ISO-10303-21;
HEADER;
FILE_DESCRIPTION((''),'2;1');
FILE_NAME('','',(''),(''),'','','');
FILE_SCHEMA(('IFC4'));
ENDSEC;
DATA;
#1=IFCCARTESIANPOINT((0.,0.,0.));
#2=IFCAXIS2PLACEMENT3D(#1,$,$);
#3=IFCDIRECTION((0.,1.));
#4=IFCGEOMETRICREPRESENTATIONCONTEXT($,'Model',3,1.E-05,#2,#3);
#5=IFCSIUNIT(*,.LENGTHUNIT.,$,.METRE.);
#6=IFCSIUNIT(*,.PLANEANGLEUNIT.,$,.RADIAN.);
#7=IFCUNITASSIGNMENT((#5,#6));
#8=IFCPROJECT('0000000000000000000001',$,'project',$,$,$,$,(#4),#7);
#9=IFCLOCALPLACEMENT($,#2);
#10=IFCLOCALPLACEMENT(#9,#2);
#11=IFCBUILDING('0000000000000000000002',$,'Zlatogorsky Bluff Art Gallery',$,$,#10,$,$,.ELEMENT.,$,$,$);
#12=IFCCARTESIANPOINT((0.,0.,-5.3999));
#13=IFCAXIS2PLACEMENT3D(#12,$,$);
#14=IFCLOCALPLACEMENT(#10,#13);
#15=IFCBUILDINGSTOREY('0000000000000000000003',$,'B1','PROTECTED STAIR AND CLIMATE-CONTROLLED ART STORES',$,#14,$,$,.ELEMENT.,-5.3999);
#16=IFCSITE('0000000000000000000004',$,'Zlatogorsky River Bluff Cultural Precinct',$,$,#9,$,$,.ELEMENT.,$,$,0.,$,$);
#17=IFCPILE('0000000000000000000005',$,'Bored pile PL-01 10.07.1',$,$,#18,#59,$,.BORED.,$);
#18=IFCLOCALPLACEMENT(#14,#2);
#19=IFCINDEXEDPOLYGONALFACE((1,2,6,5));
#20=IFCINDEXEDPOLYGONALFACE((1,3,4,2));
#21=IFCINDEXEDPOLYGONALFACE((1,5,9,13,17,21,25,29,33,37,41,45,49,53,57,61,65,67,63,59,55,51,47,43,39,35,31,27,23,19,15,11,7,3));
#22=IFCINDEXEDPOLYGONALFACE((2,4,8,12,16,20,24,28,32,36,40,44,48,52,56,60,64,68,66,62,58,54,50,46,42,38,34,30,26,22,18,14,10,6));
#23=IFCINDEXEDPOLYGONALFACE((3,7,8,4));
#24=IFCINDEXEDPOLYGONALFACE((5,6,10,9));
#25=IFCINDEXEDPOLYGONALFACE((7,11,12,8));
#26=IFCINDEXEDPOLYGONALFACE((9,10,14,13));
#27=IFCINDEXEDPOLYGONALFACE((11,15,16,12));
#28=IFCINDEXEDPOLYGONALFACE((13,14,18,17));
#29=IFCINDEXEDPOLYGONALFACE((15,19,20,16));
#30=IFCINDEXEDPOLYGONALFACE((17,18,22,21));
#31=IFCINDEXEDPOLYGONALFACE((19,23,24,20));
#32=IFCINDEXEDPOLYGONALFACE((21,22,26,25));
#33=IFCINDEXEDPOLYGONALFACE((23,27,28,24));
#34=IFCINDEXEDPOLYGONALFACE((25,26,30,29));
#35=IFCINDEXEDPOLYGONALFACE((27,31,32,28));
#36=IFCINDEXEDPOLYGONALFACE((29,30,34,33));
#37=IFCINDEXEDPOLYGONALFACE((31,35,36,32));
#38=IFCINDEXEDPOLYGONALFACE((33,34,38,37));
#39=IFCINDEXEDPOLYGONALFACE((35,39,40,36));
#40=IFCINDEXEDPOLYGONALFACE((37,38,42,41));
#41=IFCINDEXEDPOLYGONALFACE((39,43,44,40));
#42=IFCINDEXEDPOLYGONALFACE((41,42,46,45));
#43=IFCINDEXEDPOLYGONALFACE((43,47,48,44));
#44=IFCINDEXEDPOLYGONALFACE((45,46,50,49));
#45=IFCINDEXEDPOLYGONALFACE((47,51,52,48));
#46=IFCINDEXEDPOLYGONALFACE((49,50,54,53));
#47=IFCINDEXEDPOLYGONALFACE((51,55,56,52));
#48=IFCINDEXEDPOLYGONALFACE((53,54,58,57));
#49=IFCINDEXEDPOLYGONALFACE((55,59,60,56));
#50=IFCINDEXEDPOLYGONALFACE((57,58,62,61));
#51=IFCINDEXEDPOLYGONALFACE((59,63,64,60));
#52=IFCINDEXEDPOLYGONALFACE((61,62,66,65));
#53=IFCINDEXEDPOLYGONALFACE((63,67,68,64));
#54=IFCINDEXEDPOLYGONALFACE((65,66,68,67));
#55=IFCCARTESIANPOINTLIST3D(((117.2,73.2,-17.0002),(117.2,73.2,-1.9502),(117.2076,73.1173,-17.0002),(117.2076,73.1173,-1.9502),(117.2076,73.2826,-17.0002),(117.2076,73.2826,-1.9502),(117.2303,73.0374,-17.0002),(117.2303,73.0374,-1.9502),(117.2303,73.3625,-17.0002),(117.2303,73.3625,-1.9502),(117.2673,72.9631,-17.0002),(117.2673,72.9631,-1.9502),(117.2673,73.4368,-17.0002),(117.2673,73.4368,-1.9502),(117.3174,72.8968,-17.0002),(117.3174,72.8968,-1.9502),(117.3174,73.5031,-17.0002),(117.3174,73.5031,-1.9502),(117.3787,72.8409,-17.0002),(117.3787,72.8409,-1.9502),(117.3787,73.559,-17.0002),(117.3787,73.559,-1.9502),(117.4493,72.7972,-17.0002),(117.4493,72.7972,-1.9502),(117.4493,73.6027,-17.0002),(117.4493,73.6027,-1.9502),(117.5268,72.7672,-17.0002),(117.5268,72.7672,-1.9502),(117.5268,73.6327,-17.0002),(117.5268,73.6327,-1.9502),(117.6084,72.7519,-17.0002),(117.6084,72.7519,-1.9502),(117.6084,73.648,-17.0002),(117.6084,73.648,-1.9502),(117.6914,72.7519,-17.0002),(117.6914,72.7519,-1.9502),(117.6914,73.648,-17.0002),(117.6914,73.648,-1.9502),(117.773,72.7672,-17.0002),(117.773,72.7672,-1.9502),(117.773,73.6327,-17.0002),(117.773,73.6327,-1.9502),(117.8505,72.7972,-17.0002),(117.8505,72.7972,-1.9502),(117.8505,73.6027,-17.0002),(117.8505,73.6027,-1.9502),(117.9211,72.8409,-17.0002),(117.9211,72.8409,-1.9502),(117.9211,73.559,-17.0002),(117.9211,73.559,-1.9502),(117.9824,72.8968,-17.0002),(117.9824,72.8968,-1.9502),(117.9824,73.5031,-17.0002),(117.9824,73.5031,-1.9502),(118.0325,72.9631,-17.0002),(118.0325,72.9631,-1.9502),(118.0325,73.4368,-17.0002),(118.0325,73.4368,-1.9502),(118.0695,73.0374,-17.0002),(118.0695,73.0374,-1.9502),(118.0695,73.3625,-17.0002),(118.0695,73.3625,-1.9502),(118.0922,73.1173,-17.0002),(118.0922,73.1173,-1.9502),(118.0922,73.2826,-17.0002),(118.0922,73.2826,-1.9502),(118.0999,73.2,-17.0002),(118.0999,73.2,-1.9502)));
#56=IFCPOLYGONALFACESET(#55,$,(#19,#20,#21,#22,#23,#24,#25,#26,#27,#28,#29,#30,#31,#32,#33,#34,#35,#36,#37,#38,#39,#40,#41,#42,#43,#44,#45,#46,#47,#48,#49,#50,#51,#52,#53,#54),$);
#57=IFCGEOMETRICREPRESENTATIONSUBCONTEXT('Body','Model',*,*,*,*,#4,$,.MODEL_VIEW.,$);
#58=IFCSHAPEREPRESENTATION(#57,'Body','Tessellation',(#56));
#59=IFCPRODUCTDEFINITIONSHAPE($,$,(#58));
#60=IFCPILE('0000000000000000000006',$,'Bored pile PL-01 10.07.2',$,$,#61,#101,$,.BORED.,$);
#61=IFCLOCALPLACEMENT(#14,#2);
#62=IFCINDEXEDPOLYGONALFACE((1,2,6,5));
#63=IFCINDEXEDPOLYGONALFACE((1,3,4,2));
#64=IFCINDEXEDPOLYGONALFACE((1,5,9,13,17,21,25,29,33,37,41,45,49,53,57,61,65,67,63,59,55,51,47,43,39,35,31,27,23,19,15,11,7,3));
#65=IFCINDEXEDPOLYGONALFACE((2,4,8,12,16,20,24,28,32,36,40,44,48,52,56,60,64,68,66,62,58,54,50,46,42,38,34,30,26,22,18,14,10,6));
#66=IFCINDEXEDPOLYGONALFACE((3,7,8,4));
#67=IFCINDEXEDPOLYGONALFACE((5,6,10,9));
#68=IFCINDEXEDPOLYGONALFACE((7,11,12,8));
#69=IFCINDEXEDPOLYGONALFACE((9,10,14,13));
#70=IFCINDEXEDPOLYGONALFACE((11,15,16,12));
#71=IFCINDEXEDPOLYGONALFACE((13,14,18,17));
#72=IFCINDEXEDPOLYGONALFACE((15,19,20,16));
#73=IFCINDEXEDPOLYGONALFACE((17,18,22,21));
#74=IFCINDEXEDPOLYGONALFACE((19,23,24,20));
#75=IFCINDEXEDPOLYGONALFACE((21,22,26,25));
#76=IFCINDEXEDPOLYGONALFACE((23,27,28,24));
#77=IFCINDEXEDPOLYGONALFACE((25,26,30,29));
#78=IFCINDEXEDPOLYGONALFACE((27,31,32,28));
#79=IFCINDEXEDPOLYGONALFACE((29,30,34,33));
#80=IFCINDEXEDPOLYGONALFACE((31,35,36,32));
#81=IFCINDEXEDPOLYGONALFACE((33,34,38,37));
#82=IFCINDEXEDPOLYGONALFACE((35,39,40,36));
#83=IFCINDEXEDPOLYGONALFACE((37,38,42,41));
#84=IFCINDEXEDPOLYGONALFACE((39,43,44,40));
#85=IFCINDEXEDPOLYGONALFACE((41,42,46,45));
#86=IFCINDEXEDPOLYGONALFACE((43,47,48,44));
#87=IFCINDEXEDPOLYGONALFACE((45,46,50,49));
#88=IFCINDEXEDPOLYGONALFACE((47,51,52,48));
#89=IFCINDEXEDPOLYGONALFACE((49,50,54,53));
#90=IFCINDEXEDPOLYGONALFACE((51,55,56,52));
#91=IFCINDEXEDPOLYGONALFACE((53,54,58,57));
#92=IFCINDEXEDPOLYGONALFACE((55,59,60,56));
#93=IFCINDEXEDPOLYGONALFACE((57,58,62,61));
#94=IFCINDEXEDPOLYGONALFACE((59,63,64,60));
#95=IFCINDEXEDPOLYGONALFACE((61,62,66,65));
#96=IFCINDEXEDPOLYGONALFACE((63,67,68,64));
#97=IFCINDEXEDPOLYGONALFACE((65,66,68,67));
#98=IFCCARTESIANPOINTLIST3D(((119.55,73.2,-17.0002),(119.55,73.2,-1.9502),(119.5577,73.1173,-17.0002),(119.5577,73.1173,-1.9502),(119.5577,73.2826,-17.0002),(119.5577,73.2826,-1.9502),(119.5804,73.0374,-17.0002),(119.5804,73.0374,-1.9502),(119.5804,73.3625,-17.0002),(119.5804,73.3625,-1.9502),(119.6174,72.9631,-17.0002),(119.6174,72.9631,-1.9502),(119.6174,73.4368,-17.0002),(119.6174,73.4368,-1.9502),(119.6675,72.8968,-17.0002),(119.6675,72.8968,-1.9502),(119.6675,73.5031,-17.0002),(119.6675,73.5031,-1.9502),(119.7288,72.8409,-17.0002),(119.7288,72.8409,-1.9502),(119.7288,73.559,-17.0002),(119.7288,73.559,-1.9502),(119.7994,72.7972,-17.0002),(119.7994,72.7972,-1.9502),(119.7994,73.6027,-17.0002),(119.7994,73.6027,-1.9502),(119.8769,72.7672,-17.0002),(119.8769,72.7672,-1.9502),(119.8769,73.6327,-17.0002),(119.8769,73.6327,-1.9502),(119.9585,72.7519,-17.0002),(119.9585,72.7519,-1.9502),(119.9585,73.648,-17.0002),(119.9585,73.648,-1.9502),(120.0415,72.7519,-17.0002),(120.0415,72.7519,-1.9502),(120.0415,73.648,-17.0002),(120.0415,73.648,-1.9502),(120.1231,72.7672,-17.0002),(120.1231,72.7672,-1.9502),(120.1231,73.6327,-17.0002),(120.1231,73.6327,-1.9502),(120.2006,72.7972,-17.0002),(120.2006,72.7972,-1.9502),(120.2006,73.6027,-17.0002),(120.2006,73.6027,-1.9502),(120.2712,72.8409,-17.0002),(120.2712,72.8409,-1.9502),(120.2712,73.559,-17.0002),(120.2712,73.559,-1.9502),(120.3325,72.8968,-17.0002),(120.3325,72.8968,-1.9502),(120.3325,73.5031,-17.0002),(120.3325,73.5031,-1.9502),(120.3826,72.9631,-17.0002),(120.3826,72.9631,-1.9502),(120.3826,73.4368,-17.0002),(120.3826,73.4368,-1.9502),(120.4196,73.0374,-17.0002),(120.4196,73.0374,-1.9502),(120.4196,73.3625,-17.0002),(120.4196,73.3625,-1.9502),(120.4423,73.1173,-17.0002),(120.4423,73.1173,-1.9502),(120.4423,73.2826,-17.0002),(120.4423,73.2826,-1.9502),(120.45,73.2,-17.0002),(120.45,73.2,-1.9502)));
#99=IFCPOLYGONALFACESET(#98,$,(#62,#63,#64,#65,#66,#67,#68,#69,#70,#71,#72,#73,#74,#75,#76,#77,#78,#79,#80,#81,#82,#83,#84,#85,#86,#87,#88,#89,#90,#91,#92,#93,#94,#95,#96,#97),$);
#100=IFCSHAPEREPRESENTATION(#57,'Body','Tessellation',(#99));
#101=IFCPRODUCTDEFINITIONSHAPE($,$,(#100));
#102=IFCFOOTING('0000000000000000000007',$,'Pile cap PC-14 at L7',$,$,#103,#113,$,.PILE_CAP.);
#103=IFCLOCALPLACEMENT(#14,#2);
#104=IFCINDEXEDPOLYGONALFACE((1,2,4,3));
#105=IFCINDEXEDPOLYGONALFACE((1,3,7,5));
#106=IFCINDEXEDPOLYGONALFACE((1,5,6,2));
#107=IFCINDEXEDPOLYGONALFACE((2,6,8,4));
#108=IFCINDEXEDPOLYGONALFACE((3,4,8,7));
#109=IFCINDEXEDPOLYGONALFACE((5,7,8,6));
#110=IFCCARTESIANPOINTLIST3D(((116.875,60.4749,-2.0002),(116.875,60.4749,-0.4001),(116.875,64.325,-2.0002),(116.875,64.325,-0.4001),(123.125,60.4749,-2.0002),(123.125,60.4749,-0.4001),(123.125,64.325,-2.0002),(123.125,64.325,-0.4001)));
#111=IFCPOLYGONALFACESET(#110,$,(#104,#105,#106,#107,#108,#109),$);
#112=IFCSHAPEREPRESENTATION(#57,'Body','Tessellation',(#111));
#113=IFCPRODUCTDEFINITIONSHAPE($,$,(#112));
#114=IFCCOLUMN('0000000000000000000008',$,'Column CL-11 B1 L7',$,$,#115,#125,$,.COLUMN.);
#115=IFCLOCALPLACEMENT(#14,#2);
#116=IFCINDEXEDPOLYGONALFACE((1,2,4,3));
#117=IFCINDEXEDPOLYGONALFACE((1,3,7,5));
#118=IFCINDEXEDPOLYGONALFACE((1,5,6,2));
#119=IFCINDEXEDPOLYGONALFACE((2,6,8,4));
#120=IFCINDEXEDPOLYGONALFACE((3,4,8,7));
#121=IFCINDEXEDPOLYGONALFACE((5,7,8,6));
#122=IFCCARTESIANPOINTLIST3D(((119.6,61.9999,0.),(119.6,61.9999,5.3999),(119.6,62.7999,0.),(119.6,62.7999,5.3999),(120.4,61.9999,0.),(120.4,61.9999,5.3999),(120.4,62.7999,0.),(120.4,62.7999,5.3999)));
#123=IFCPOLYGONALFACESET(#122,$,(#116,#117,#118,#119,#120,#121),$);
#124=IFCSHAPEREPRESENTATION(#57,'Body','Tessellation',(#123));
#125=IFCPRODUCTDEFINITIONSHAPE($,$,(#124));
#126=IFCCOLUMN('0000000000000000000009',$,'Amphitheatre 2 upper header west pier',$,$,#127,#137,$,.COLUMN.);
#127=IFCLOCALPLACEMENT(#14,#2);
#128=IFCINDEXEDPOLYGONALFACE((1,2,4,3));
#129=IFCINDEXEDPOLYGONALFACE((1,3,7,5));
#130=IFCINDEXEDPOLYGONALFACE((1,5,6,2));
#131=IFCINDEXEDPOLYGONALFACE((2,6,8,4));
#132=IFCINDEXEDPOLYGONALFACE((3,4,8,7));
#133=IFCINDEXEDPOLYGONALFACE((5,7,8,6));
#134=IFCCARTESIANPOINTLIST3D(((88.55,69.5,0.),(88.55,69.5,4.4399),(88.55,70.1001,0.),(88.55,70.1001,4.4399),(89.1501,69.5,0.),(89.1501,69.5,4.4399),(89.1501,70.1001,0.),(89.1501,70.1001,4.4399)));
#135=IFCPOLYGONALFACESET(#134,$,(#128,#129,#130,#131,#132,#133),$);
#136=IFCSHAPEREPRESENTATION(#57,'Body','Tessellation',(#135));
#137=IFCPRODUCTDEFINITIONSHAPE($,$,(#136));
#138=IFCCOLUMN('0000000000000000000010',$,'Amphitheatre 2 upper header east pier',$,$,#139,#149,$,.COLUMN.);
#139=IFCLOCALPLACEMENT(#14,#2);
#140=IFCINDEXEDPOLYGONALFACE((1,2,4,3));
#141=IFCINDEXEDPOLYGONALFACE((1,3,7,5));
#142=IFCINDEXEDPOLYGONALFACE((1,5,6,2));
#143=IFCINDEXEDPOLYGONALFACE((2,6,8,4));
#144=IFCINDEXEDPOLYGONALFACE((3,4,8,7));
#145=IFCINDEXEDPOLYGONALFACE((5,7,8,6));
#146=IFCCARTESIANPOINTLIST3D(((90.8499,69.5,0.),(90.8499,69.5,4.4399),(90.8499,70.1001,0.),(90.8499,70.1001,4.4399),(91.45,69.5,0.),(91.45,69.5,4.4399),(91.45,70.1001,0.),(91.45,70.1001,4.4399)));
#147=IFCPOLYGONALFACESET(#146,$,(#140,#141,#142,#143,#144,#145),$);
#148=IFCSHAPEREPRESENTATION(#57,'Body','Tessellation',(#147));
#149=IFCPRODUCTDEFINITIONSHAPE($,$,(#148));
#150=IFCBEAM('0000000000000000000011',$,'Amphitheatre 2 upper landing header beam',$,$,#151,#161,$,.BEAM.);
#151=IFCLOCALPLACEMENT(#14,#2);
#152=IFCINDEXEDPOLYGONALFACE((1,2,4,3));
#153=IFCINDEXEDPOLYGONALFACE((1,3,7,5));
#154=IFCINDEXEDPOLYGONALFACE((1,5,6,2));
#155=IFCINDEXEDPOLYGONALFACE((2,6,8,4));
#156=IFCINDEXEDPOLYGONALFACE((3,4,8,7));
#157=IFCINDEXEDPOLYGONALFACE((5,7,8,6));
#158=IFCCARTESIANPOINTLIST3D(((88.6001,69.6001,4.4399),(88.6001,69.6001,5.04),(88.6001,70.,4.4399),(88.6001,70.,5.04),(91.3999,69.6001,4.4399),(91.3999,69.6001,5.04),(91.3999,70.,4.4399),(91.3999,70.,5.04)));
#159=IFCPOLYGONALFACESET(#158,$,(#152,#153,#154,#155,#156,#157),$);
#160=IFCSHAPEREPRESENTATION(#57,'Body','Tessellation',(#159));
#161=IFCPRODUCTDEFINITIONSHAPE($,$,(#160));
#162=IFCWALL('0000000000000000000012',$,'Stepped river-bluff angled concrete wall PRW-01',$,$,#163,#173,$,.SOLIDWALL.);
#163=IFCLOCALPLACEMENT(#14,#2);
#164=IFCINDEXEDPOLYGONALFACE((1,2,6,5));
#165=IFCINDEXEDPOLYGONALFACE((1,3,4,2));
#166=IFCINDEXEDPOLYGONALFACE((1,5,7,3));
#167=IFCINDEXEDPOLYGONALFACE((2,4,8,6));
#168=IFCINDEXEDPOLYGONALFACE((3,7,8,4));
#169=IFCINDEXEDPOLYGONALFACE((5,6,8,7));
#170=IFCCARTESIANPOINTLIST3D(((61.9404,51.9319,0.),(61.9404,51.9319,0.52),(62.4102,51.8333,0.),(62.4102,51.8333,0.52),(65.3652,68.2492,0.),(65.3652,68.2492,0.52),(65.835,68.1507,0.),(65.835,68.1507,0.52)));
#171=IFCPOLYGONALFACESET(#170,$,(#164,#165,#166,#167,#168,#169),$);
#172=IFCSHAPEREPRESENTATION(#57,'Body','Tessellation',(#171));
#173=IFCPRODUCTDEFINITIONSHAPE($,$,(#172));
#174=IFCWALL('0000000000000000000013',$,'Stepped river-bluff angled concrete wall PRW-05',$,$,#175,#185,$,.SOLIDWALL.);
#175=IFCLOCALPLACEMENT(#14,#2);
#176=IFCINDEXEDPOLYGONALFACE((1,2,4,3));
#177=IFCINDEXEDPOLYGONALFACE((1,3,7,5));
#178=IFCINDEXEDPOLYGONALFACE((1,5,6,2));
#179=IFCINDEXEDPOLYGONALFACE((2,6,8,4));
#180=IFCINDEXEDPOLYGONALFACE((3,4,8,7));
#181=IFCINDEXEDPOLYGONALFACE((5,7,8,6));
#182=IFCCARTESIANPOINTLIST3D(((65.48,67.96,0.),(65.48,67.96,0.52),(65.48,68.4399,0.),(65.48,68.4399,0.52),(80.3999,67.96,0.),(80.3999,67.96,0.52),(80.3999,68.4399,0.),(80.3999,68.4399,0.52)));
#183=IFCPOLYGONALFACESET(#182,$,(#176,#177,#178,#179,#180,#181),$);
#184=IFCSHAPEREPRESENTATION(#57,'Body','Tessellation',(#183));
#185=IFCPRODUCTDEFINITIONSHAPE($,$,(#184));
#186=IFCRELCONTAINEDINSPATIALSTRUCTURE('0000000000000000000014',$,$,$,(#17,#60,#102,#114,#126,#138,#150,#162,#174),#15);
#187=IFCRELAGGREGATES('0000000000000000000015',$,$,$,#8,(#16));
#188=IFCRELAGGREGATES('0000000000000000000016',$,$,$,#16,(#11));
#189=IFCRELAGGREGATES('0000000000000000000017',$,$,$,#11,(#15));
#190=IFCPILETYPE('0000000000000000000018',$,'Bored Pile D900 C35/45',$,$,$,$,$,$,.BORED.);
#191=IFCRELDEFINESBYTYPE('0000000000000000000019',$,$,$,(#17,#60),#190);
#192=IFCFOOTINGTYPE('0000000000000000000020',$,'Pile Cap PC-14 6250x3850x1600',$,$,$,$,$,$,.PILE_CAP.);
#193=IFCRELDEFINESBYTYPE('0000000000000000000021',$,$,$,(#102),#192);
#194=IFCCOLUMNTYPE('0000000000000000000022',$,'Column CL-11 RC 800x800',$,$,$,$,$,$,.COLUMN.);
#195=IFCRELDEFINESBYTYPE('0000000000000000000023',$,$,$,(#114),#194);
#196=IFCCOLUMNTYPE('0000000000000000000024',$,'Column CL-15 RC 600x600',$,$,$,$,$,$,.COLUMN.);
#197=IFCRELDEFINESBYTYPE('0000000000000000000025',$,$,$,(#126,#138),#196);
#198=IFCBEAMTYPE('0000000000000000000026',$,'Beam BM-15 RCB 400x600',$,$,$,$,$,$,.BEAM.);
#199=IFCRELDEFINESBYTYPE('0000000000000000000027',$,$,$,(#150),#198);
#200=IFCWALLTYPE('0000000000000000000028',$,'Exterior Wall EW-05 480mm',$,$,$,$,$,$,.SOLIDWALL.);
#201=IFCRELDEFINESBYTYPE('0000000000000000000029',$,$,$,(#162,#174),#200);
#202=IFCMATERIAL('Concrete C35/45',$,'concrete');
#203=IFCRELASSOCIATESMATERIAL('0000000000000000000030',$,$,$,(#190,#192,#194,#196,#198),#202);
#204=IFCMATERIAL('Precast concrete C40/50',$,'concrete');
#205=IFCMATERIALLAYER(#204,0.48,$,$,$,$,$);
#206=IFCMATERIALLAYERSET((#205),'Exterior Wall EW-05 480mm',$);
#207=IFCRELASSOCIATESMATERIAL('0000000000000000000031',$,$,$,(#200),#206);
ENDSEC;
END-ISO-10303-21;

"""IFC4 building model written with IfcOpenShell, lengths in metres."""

from ifc_helpers import new_model, si_unit, direction, frame, frame_2d, origin, origin_2d, place, context, subcontext, project, spatial, rectangle, circle, extrude, material, layer, layer_set, material_profile, profile_set, type_object, element, save


model = new_model("IFC4")

# Units and contexts
model_context = context("Model", 3, precision=1e-05, world=origin(), true_north=direction((0.0, 1.0)))
body_context = subcontext(model_context, "Body", "Model", "MODEL_VIEW")
ifc_project = project(units=[si_unit("LENGTHUNIT", "METRE"), si_unit("PLANEANGLEUNIT", "RADIAN")], contexts=[model_context])

# Site, building, storey
site_placement = place(None, origin())
site = spatial("IfcSite", under=ifc_project, at=site_placement, Name="Zlatogorsky River Bluff Cultural Precinct", CompositionType="ELEMENT", RefElevation=0.0)
building_placement = place(site_placement, origin())
building = spatial("IfcBuilding", under=site, at=building_placement, Name="Zlatogorsky Bluff Art Gallery", CompositionType="ELEMENT")
storey_placement = place(building_placement, frame((0.0, 0.0, -5.3999)))
storey = spatial("IfcBuildingStorey", under=building, at=storey_placement, Name="B1", Description="PROTECTED STAIR AND CLIMATE-CONTROLLED ART STORES", CompositionType="ELEMENT", Elevation=-5.3999)

# Piles
ifc_material_1 = material(Name="Concrete C35/45", Category="concrete")
ifc_material_profile_1 = material_profile(ifc_material_1, circle(Radius=0.45, at=origin_2d()), Name="BORED PILE D900")
ifc_profile_set_1 = profile_set([ifc_material_profile_1], Name="Concrete C35/45")
pile_type = type_object("IfcPileType", Name="Bored Pile D900 C35/45", PredefinedType="BORED", material=ifc_profile_set_1)
for number, where, z_axis, x_axis, name in (
    (1, (117.6499, 73.2, -1.9502), (0.0, 0.0, -1.0), (1.0, 0.0, 0.0), "Bored pile PL-01 10.07.1"),
    (2, (120.0, 73.2, -1.9502), (0.0, 0.0, -1.0), (1.0, 0.0, 0.0), "Bored pile PL-01 10.07.2"),
):
    element("IfcPile", number, at=place(storey_placement, frame(where, z_axis=z_axis, x_axis=x_axis)), inside=storey, type_object=pile_type, Name=name, PredefinedType="BORED", context=body_context, shape_type="SweptSolid", body=[
        extrude(circle(Radius=0.45, at=origin_2d()), origin(), (0.0, 0.0, 1.0), 15.05),
    ])

# Footing
footing_type = type_object("IfcFootingType", Name="Pile Cap PC-14 6250x3850x1600", PredefinedType="PILE_CAP", material=ifc_material_1)
footing_placement = place(storey_placement, frame((120.0, 62.3999, -2.0002), z_axis=(0.0, 0.0, 1.0), x_axis=(1.0, 0.0, 0.0)))
element("IfcFooting", 3, at=footing_placement, inside=storey, type_object=footing_type, Name="Pile cap PC-14 at L7", PredefinedType="PILE_CAP", context=body_context, shape_type="SweptSolid", body=[
    extrude(rectangle(XDim=6.25, YDim=3.8501, at=origin_2d()), origin(), (0.0, 0.0, 1.0), 1.6001),
])

# Columns
ifc_material_profile_2 = material_profile(ifc_material_1, rectangle(XDim=0.8, YDim=0.8, at=origin_2d()), Name="RC 800x800")
ifc_profile_set_2 = profile_set([ifc_material_profile_2], Name="Concrete C35/45")
column_type_1 = type_object("IfcColumnType", Name="Column CL-11 RC 800x800", PredefinedType="COLUMN", material=ifc_profile_set_2)
column_placement = place(storey_placement, frame((120.0, 62.3999, 0.0), z_axis=(0.0, 0.0, 1.0), x_axis=(1.0, 0.0, 0.0)))
element("IfcColumn", 4, at=column_placement, inside=storey, type_object=column_type_1, Name="Column CL-11 B1 L7", PredefinedType="COLUMN", context=body_context, shape_type="SweptSolid", body=[
    extrude(rectangle(XDim=0.8, YDim=0.8, at=origin_2d()), origin(), (0.0, 0.0, 1.0), 5.3999),
])
ifc_material_profile_3 = material_profile(ifc_material_1, rectangle(XDim=0.6001, YDim=0.6001, at=origin_2d()), Name="RC 600x600")
ifc_profile_set_3 = profile_set([ifc_material_profile_3], Name="Concrete C35/45")
column_type_2 = type_object("IfcColumnType", Name="Column CL-15 RC 600x600", PredefinedType="COLUMN", material=ifc_profile_set_3)
for number, where, z_axis, x_axis, name in (
    (5, (88.8501, 69.8, 0.0), (0.0, 0.0, 1.0), (1.0, 0.0, 0.0), "Amphitheatre 2 upper header west pier"),
    (6, (91.1499, 69.8, 0.0), (0.0, 0.0, 1.0), (1.0, 0.0, 0.0), "Amphitheatre 2 upper header east pier"),
):
    element("IfcColumn", number, at=place(storey_placement, frame(where, z_axis=z_axis, x_axis=x_axis)), inside=storey, type_object=column_type_2, Name=name, PredefinedType="COLUMN", context=body_context, shape_type="SweptSolid", body=[
        extrude(rectangle(XDim=0.6001, YDim=0.6001, at=origin_2d()), origin(), (0.0, 0.0, 1.0), 4.4399),
    ])

# Beam
ifc_material_profile_4 = material_profile(ifc_material_1, rectangle(XDim=0.3999, YDim=0.6001, at=origin_2d()), Name="RCB 400x600")
ifc_profile_set_4 = profile_set([ifc_material_profile_4], Name="Concrete C35/45")
beam_type = type_object("IfcBeamType", Name="Beam BM-15 RCB 400x600", PredefinedType="BEAM", material=ifc_profile_set_4)
beam_placement = place(storey_placement, frame((88.6001, 69.8, 4.74), z_axis=(1.0, 0.0, 0.0), x_axis=(0.0, 1.0, 0.0)))
element("IfcBeam", 7, at=beam_placement, inside=storey, type_object=beam_type, Name="Amphitheatre 2 upper landing header beam", PredefinedType="BEAM", context=body_context, shape_type="SweptSolid", body=[
    extrude(rectangle(XDim=0.3999, YDim=0.6001, at=origin_2d()), origin(), (0.0, 0.0, 1.0), 2.7998),
])

# Walls
ifc_material_2 = material(Name="Precast concrete C40/50", Category="concrete")
ifc_layer_1 = layer(ifc_material_2, 0.48)
ifc_layer_set_1 = layer_set([ifc_layer_1], Name="Exterior Wall EW-05 480mm")
wall_type_1 = type_object("IfcWallType", Name="Exterior Wall EW-05 480mm", PredefinedType="SOLIDWALL", material=ifc_layer_set_1)
wall_1_placement = place(storey_placement, frame((65.6001, 68.2, 0.0), z_axis=(0.0, 0.0, 1.0), x_axis=(-0.205411, -0.978676, 0.0)))
element("IfcWall", 8, at=wall_1_placement, inside=storey, type_object=wall_type_1, Name="Stepped river-bluff angled concrete wall PRW-01", PredefinedType="SOLIDWALL", context=body_context, shape_type="SweptSolid", body=[
    extrude(rectangle(XDim=16.6729, YDim=0.48, at=frame_2d((8.3364, 0.0))), origin(), (0.0, 0.0, 1.0), 0.52),
])
wall_2_placement = place(storey_placement, frame((80.3999, 68.2, 0.0), z_axis=(0.0, 0.0, 1.0), x_axis=(-1.0, 0.0, 0.0)))
element("IfcWall", 9, at=wall_2_placement, inside=storey, type_object=wall_type_1, Name="Stepped river-bluff angled concrete wall PRW-05", PredefinedType="SOLIDWALL", context=body_context, shape_type="SweptSolid", body=[
    extrude(rectangle(XDim=14.9199, YDim=0.48, at=frame_2d((7.46, 0.0))), origin(), (0.0, 0.0, 1.0), 0.52),
])

save(model, "model.ifc")
